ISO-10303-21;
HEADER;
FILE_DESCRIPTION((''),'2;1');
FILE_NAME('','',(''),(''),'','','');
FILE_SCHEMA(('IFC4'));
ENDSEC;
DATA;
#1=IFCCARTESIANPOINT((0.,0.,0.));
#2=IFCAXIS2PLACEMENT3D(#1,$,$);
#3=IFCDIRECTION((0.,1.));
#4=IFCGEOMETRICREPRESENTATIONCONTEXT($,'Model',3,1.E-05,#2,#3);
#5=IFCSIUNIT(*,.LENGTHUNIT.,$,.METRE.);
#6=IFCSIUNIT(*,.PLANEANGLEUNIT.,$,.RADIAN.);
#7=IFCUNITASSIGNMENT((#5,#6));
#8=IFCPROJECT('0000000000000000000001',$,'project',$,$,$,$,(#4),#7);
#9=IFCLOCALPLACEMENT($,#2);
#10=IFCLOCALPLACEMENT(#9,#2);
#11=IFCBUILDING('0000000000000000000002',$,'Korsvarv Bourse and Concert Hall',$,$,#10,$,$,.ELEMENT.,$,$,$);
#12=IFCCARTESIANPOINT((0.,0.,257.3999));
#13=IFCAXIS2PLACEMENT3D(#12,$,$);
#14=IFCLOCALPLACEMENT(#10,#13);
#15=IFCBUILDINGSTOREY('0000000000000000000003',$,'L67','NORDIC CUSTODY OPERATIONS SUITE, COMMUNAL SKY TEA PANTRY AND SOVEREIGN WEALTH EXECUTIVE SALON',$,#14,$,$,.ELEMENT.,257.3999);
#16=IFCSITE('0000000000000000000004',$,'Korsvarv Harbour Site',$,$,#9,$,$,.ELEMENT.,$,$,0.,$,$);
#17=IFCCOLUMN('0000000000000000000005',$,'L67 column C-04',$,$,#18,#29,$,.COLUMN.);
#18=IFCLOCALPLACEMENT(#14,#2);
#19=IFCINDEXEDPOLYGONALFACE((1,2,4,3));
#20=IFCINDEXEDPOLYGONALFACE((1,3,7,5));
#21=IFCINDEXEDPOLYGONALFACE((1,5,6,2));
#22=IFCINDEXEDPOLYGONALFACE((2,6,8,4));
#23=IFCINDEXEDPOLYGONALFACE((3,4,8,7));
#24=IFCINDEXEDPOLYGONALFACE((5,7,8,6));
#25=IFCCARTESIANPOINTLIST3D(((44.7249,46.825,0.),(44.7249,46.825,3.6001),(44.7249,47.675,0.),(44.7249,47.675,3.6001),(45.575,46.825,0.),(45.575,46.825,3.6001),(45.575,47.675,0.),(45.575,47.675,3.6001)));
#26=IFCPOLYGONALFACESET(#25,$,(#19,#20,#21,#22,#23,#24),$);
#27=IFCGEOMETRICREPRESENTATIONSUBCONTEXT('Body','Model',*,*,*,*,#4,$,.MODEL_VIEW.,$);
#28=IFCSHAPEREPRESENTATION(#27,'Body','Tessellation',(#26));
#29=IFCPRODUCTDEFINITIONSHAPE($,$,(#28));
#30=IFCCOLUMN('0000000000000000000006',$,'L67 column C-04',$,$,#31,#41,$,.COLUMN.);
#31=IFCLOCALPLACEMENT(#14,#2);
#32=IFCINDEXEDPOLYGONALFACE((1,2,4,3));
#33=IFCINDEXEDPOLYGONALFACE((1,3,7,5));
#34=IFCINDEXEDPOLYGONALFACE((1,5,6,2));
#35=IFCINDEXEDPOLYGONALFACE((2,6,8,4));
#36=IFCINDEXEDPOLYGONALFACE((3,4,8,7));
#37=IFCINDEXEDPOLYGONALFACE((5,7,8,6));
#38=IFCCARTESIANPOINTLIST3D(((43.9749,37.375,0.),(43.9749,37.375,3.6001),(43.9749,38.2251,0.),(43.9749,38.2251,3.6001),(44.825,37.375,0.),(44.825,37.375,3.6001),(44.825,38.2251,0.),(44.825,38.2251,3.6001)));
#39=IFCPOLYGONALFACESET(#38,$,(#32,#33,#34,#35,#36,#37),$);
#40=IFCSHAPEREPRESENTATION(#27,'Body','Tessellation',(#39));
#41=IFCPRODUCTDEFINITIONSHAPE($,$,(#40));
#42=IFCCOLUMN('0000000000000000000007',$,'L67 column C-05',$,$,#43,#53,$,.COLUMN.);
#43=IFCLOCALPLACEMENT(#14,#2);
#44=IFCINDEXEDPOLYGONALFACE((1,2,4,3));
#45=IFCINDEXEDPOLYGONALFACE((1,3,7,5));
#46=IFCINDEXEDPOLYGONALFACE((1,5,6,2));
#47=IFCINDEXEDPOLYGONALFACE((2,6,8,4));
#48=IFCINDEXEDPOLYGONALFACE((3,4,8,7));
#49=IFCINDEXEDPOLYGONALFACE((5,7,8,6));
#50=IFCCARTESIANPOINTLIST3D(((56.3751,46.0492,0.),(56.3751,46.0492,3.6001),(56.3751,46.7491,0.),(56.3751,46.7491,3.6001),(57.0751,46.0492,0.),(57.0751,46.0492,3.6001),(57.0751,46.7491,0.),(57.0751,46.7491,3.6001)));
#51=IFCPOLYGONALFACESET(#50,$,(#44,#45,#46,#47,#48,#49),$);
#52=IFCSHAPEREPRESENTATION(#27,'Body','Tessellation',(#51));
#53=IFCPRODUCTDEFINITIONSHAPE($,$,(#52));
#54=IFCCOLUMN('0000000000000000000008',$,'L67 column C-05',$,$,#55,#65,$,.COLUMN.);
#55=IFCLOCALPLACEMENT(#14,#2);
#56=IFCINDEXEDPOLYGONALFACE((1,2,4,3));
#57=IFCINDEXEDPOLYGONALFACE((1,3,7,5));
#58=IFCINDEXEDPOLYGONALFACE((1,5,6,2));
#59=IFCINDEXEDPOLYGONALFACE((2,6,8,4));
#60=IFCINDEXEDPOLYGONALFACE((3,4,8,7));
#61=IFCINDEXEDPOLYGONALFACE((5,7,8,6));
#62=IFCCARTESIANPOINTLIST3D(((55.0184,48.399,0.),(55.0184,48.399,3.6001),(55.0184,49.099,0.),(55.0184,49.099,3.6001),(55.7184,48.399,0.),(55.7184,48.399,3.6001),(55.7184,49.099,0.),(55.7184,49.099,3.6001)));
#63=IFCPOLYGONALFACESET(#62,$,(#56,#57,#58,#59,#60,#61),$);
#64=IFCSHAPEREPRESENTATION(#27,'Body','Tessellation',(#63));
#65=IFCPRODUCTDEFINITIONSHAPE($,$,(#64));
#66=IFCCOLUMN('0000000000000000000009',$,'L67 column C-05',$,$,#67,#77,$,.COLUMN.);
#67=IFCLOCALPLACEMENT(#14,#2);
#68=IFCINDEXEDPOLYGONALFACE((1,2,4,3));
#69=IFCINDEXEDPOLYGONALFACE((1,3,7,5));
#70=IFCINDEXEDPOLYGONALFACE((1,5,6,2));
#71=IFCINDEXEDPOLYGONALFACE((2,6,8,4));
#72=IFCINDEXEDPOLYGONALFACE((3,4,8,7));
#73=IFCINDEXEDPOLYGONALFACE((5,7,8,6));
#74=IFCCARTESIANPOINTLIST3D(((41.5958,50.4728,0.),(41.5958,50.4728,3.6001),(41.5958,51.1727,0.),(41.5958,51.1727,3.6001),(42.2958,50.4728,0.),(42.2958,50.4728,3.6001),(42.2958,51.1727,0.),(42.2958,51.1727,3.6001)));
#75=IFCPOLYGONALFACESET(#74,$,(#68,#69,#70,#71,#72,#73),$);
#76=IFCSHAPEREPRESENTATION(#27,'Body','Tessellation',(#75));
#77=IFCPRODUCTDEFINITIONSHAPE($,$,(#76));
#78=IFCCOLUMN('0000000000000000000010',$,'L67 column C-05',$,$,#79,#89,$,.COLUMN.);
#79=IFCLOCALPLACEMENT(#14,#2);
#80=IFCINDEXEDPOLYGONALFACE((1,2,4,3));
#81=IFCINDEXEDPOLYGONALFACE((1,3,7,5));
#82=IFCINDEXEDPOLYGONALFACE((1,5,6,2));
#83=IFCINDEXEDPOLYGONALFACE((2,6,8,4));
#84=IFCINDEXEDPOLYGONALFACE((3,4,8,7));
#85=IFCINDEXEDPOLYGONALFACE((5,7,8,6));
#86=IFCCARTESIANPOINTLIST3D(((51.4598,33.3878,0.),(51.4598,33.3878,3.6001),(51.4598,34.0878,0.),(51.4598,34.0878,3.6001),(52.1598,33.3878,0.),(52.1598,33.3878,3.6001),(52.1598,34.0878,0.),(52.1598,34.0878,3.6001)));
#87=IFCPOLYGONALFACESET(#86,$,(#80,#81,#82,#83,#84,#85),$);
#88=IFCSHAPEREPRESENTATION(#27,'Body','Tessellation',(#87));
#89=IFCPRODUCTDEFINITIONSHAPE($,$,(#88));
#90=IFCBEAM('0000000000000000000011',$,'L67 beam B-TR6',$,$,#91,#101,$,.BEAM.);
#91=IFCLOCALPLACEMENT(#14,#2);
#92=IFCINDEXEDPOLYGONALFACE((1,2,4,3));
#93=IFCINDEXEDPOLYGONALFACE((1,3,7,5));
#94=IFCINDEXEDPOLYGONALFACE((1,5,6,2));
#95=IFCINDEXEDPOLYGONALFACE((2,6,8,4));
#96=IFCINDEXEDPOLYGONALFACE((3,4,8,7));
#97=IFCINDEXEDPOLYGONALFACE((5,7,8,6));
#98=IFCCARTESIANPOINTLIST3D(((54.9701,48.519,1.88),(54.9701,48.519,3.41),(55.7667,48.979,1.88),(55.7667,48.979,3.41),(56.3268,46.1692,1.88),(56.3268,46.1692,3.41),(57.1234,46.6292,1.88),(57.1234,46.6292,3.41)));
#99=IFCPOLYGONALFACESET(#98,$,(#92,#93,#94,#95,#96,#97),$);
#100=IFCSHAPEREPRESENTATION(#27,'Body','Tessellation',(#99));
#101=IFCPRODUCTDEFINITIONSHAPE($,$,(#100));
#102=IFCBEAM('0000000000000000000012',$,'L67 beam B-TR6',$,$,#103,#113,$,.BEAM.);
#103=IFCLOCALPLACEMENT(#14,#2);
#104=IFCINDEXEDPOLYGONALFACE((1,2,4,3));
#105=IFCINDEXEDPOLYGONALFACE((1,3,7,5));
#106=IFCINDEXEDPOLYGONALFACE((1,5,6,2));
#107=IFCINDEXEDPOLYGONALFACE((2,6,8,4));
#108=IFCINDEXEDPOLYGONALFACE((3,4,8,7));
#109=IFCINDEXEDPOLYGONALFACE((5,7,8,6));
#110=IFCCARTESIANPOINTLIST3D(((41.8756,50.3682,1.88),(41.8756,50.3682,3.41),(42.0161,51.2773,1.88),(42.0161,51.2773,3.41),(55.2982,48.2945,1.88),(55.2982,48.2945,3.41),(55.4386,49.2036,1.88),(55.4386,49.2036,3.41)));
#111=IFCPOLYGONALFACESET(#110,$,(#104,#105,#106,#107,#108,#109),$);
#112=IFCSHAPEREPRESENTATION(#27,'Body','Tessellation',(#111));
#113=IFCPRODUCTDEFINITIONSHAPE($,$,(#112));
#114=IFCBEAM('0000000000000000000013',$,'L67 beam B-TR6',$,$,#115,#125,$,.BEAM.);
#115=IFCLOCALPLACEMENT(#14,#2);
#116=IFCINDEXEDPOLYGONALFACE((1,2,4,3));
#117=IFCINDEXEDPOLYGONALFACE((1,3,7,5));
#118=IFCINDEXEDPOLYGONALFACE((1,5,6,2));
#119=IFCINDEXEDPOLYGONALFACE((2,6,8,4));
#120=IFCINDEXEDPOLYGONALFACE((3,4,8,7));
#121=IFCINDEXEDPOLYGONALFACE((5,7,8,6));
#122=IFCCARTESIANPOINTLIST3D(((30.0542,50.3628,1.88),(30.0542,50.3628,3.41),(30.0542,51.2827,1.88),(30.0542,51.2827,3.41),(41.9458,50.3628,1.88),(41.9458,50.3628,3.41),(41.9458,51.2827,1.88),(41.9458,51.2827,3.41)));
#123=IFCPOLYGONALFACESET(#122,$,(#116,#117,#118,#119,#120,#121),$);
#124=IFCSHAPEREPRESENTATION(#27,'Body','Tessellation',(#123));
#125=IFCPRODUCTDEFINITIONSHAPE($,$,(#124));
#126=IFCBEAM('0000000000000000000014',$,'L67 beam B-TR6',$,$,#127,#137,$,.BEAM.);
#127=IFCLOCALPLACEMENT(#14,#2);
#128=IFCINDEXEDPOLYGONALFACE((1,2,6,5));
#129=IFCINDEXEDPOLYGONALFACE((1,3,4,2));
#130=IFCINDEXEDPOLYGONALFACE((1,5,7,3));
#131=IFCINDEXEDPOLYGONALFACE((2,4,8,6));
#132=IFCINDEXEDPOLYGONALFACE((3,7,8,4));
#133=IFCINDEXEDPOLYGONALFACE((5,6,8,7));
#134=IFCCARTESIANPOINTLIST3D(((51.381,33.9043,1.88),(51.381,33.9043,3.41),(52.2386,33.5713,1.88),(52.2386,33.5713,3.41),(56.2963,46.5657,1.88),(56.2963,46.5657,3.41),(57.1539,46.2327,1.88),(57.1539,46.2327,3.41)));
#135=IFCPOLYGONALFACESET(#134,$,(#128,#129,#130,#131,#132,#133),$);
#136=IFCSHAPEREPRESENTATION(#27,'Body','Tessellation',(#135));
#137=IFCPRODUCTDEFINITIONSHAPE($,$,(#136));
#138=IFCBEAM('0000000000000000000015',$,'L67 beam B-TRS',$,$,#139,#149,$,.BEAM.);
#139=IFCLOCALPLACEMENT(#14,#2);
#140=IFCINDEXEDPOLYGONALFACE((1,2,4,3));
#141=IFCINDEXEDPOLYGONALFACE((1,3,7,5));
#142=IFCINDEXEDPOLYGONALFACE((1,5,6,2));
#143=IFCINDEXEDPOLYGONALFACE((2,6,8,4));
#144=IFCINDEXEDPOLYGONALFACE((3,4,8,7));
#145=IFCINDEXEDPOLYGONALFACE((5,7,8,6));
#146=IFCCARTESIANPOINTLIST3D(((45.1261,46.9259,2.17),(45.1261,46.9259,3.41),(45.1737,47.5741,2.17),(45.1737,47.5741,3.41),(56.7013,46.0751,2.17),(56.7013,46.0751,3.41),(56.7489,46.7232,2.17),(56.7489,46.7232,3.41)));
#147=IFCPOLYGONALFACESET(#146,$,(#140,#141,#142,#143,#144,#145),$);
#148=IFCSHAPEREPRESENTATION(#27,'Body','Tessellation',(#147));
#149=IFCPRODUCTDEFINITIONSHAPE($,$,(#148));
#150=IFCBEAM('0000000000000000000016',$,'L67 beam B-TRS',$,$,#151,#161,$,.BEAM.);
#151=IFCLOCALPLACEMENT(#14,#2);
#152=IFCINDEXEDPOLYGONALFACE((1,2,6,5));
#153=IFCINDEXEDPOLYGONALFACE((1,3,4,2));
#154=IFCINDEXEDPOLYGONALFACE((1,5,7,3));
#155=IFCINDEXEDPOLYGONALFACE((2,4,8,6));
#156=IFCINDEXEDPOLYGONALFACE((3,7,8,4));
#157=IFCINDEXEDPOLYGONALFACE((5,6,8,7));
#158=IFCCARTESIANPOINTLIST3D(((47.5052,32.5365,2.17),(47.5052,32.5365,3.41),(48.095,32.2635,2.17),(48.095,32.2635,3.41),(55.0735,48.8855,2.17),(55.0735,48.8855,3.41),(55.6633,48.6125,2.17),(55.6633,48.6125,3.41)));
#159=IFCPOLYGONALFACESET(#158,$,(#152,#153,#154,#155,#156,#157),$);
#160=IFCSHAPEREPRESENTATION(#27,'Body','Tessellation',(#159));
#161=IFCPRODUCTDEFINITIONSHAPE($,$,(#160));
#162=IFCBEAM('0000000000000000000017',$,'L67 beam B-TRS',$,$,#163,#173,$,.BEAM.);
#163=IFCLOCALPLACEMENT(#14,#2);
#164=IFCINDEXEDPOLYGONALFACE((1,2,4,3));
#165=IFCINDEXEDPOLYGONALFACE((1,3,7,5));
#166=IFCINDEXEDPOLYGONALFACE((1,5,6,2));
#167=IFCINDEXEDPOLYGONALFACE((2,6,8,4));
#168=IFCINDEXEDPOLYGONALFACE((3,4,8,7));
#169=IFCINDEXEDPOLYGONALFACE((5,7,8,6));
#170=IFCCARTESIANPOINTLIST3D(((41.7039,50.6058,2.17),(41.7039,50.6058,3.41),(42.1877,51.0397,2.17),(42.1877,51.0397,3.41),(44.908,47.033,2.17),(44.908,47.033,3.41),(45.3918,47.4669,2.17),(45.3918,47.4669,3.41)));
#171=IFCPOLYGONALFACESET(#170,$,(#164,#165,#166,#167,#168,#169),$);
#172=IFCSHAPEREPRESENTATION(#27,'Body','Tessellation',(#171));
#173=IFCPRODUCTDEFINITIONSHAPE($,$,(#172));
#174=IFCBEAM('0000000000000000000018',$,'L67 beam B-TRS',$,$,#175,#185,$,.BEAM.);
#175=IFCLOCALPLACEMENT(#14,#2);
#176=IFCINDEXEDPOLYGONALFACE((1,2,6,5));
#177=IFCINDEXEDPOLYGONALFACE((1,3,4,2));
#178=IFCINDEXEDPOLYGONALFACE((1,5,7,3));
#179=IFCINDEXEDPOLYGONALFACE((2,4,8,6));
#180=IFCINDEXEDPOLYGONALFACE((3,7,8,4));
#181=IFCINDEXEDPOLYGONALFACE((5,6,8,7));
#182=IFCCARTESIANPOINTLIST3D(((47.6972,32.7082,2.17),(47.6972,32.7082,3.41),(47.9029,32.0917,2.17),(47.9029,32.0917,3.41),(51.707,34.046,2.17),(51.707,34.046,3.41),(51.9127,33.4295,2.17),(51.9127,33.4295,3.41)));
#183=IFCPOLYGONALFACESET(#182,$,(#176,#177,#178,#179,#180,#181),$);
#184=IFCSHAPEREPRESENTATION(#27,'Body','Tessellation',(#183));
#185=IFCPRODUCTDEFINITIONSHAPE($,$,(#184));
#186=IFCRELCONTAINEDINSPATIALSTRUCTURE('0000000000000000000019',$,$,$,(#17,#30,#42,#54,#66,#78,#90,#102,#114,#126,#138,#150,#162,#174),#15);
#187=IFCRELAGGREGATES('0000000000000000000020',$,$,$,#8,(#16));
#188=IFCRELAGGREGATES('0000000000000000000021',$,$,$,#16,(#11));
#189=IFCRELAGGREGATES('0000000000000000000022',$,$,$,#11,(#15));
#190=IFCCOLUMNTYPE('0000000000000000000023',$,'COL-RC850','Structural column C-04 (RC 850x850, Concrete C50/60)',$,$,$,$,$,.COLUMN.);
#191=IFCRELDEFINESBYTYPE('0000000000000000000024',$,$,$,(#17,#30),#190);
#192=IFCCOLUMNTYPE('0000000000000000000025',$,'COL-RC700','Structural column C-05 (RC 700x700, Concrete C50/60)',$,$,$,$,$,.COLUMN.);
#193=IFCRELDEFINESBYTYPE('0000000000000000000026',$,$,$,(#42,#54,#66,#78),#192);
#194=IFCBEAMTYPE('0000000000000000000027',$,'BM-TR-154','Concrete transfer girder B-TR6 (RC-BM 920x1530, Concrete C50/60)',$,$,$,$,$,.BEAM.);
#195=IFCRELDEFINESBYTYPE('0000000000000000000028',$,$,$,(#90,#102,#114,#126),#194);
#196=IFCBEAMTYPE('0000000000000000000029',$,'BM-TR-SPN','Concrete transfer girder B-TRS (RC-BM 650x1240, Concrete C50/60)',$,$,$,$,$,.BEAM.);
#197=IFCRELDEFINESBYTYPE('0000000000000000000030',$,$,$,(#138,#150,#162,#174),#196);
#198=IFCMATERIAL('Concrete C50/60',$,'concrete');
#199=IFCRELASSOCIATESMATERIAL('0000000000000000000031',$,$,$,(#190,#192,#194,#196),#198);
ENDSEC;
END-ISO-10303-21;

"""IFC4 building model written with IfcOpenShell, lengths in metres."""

from ifc_helpers import new_model, si_unit, direction, frame, origin, origin_2d, place, context, subcontext, project, spatial, rectangle, extrude, source, transform, mapped, material, material_profile, profile_set, type_object, element, save


model = new_model("IFC4")

# Units and contexts
model_context = context("Model", 3, precision=1e-05, world=origin(), true_north=direction((0.0, 1.0)))
body_context = subcontext(model_context, "Body", "Model", "MODEL_VIEW")
ifc_project = project(units=[si_unit("LENGTHUNIT", "METRE"), si_unit("PLANEANGLEUNIT", "RADIAN")], contexts=[model_context])

# Site, building, storey
site_placement = place(None, origin())
site = spatial("IfcSite", under=ifc_project, at=site_placement, Name="Korsvarv Harbour Site", CompositionType="ELEMENT", RefElevation=0.0)
building_placement = place(site_placement, origin())
building = spatial("IfcBuilding", under=site, at=building_placement, Name="Korsvarv Bourse and Concert Hall", CompositionType="ELEMENT")
storey_placement = place(building_placement, frame((0.0, 0.0, 257.3999)))
storey = spatial("IfcBuildingStorey", under=building, at=storey_placement, Name="L67", Description="NORDIC CUSTODY OPERATIONS SUITE, COMMUNAL SKY TEA PANTRY AND SOVEREIGN WEALTH EXECUTIVE SALON", CompositionType="ELEMENT", Elevation=257.3999)

# Columns
ifc_material_1 = material(Name="Concrete C50/60", Category="concrete")
ifc_material_profile_1 = material_profile(ifc_material_1, rectangle(XDim=0.8501, YDim=0.8501, at=origin_2d()), Name="RC 850x850")
ifc_profile_set_1 = profile_set([ifc_material_profile_1], Name="Concrete C50/60")
column_type_1 = type_object("IfcColumnType", Name="COL-RC850", Description="Structural column C-04 (RC 850x850, Concrete C50/60)", PredefinedType="COLUMN", material=ifc_profile_set_1)
shared_shape_1 = source(origin(), body_context, "Body", "SweptSolid", [
    extrude(rectangle(XDim=0.8501, YDim=0.8501, at=origin_2d()), origin(), (0.0, 0.0, 1.0), 3.6001),
])
for number, where, z_axis, x_axis, name in (
    (1, (45.1499, 47.25, 0.0), (0.0, 0.0, 1.0), (1.0, 0.0, 0.0), "L67 column C-04"),
    (2, (44.3999, 37.8, 0.0), (0.0, 0.0, 1.0), (1.0, 0.0, 0.0), "L67 column C-04"),
):
    element("IfcColumn", number, at=place(storey_placement, frame(where, z_axis=z_axis, x_axis=x_axis)), inside=storey, type_object=column_type_1, Name=name, PredefinedType="COLUMN", context=body_context, shape_type="MappedRepresentation", body=[
        mapped(shared_shape_1, transform((0.0, 0.0, 0.0), scale=1.0)),
    ])
ifc_material_profile_2 = material_profile(ifc_material_1, rectangle(XDim=0.7, YDim=0.7, at=origin_2d()), Name="RC 700x700")
ifc_profile_set_2 = profile_set([ifc_material_profile_2], Name="Concrete C50/60")
column_type_2 = type_object("IfcColumnType", Name="COL-RC700", Description="Structural column C-05 (RC 700x700, Concrete C50/60)", PredefinedType="COLUMN", material=ifc_profile_set_2)
shared_shape_2 = source(origin(), body_context, "Body", "SweptSolid", [
    extrude(rectangle(XDim=0.7, YDim=0.7, at=origin_2d()), origin(), (0.0, 0.0, 1.0), 3.6001),
])
for number, where, z_axis, x_axis, name in (
    (3, (56.7251, 46.3992, 0.0), (0.0, 0.0, 1.0), (1.0, 0.0, 0.0), "L67 column C-05"),
    (4, (55.3684, 48.749, 0.0), (0.0, 0.0, 1.0), (1.0, 0.0, 0.0), "L67 column C-05"),
    (5, (41.9458, 50.8228, 0.0), (0.0, 0.0, 1.0), (1.0, 0.0, 0.0), "L67 column C-05"),
    (6, (51.8098, 33.7378, 0.0), (0.0, 0.0, 1.0), (1.0, 0.0, 0.0), "L67 column C-05"),
):
    element("IfcColumn", number, at=place(storey_placement, frame(where, z_axis=z_axis, x_axis=x_axis)), inside=storey, type_object=column_type_2, Name=name, PredefinedType="COLUMN", context=body_context, shape_type="MappedRepresentation", body=[
        mapped(shared_shape_2, transform((0.0, 0.0, 0.0), scale=1.0)),
    ])

# Beams
ifc_material_profile_3 = material_profile(ifc_material_1, rectangle(XDim=0.9199, YDim=1.53, at=origin_2d()), Name="RC-BM 920x1530")
ifc_profile_set_3 = profile_set([ifc_material_profile_3], Name="Concrete C50/60")
beam_type_1 = type_object("IfcBeamType", Name="BM-TR-154", Description="Concrete transfer girder B-TR6 (RC-BM 920x1530, Concrete C50/60)", PredefinedType="BEAM", material=ifc_profile_set_3)
shared_shape_3 = source(origin(), body_context, "Body", "SweptSolid", [
    extrude(rectangle(XDim=0.9199, YDim=1.53, at=origin_2d()), origin(), (0.0, 0.0, 1.0), 2.7134),
])
beam_1_placement = place(storey_placement, frame((56.7251, 46.3992, 2.645), z_axis=(-0.5, 0.866025, 0.0), x_axis=(-0.866025, -0.5, 0.0)))
element("IfcBeam", 7, at=beam_1_placement, inside=storey, type_object=beam_type_1, Name="L67 beam B-TR6", PredefinedType="BEAM", context=body_context, shape_type="MappedRepresentation", body=[
    mapped(shared_shape_3, transform((0.0, 0.0, 0.0), scale=1.0)),
])
shared_shape_4 = source(origin(), body_context, "Body", "SweptSolid", [
    extrude(rectangle(XDim=0.9199, YDim=1.53, at=origin_2d()), origin(), (0.0, 0.0, 1.0), 13.5818),
])
beam_2_placement = place(storey_placement, frame((55.3684, 48.749, 2.645), z_axis=(-0.988275, 0.152684, 0.0), x_axis=(-0.152684, -0.988275, 0.0)))
element("IfcBeam", 8, at=beam_2_placement, inside=storey, type_object=beam_type_1, Name="L67 beam B-TR6", PredefinedType="BEAM", context=body_context, shape_type="MappedRepresentation", body=[
    mapped(shared_shape_4, transform((0.0, 0.0, 0.0), scale=1.0)),
])
shared_shape_5 = source(origin(), body_context, "Body", "SweptSolid", [
    extrude(rectangle(XDim=0.9199, YDim=1.53, at=origin_2d()), origin(), (0.0, 0.0, 1.0), 11.8916),
])
beam_3_placement = place(storey_placement, frame((41.9458, 50.8228, 2.645), z_axis=(-1.0, 0.0, 0.0), x_axis=(0.0, -1.0, 0.0)))
element("IfcBeam", 9, at=beam_3_placement, inside=storey, type_object=beam_type_1, Name="L67 beam B-TR6", PredefinedType="BEAM", context=body_context, shape_type="MappedRepresentation", body=[
    mapped(shared_shape_5, transform((0.0, 0.0, 0.0), scale=1.0)),
])
shared_shape_6 = source(origin(), body_context, "Body", "SweptSolid", [
    extrude(rectangle(XDim=0.9199, YDim=1.53, at=origin_2d()), origin(), (0.0, 0.0, 1.0), 13.582),
])
beam_4_placement = place(storey_placement, frame((51.8098, 33.7378, 2.645), z_axis=(0.361897, 0.932218, 0.0), x_axis=(-0.932218, 0.361897, 0.0)))
element("IfcBeam", 10, at=beam_4_placement, inside=storey, type_object=beam_type_1, Name="L67 beam B-TR6", PredefinedType="BEAM", context=body_context, shape_type="MappedRepresentation", body=[
    mapped(shared_shape_6, transform((0.0, 0.0, 0.0), scale=1.0)),
])
ifc_material_profile_4 = material_profile(ifc_material_1, rectangle(XDim=0.6499, YDim=1.24, at=origin_2d()), Name="RC-BM 650x1240")
ifc_profile_set_4 = profile_set([ifc_material_profile_4], Name="Concrete C50/60")
beam_type_2 = type_object("IfcBeamType", Name="BM-TR-SPN", Description="Concrete transfer girder B-TRS (RC-BM 650x1240, Concrete C50/60)", PredefinedType="BEAM", material=ifc_profile_set_4)
shared_shape_7 = source(origin(), body_context, "Body", "SweptSolid", [
    extrude(rectangle(XDim=0.6499, YDim=1.24, at=origin_2d()), origin(), (0.0, 0.0, 1.0), 11.6064),
])
beam_5_placement = place(storey_placement, frame((56.7251, 46.3992, 2.79), z_axis=(-0.997309, 0.073307, 0.0), x_axis=(-0.073307, -0.997309, 0.0)))
element("IfcBeam", 11, at=beam_5_placement, inside=storey, type_object=beam_type_2, Name="L67 beam B-TRS", PredefinedType="BEAM", context=body_context, shape_type="MappedRepresentation", body=[
    mapped(shared_shape_7, transform((0.0, 0.0, 0.0), scale=1.0)),
])
shared_shape_8 = source(origin(), body_context, "Body", "SweptSolid", [
    extrude(rectangle(XDim=0.6499, YDim=1.24, at=origin_2d()), origin(), (0.0, 0.0, 1.0), 18.0159),
])
beam_6_placement = place(storey_placement, frame((55.3684, 48.749, 2.79), z_axis=(-0.420093, -0.907481, 0.0), x_axis=(0.907481, -0.420093, 0.0)))
element("IfcBeam", 12, at=beam_6_placement, inside=storey, type_object=beam_type_2, Name="L67 beam B-TRS", PredefinedType="BEAM", context=body_context, shape_type="MappedRepresentation", body=[
    mapped(shared_shape_8, transform((0.0, 0.0, 0.0), scale=1.0)),
])
shared_shape_9 = source(origin(), body_context, "Body", "SweptSolid", [
    extrude(rectangle(XDim=0.6499, YDim=1.24, at=origin_2d()), origin(), (0.0, 0.0, 1.0), 4.7991),
])
beam_7_placement = place(storey_placement, frame((41.9458, 50.8228, 2.79), z_axis=(0.667654, -0.744472, 0.0), x_axis=(0.744472, 0.667654, 0.0)))
element("IfcBeam", 13, at=beam_7_placement, inside=storey, type_object=beam_type_2, Name="L67 beam B-TRS", PredefinedType="BEAM", context=body_context, shape_type="MappedRepresentation", body=[
    mapped(shared_shape_9, transform((0.0, 0.0, 0.0), scale=1.0)),
])
shared_shape_10 = source(origin(), body_context, "Body", "SweptSolid", [
    extrude(rectangle(XDim=0.6499, YDim=1.24, at=origin_2d()), origin(), (0.0, 0.0, 1.0), 4.2271),
])
beam_8_placement = place(storey_placement, frame((51.8098, 33.7378, 2.79), z_axis=(-0.948591, -0.316505, 0.0), x_axis=(0.316505, -0.948591, 0.0)))
element("IfcBeam", 14, at=beam_8_placement, inside=storey, type_object=beam_type_2, Name="L67 beam B-TRS", PredefinedType="BEAM", context=body_context, shape_type="MappedRepresentation", body=[
    mapped(shared_shape_10, transform((0.0, 0.0, 0.0), scale=1.0)),
])

save(model, "model.ifc")
